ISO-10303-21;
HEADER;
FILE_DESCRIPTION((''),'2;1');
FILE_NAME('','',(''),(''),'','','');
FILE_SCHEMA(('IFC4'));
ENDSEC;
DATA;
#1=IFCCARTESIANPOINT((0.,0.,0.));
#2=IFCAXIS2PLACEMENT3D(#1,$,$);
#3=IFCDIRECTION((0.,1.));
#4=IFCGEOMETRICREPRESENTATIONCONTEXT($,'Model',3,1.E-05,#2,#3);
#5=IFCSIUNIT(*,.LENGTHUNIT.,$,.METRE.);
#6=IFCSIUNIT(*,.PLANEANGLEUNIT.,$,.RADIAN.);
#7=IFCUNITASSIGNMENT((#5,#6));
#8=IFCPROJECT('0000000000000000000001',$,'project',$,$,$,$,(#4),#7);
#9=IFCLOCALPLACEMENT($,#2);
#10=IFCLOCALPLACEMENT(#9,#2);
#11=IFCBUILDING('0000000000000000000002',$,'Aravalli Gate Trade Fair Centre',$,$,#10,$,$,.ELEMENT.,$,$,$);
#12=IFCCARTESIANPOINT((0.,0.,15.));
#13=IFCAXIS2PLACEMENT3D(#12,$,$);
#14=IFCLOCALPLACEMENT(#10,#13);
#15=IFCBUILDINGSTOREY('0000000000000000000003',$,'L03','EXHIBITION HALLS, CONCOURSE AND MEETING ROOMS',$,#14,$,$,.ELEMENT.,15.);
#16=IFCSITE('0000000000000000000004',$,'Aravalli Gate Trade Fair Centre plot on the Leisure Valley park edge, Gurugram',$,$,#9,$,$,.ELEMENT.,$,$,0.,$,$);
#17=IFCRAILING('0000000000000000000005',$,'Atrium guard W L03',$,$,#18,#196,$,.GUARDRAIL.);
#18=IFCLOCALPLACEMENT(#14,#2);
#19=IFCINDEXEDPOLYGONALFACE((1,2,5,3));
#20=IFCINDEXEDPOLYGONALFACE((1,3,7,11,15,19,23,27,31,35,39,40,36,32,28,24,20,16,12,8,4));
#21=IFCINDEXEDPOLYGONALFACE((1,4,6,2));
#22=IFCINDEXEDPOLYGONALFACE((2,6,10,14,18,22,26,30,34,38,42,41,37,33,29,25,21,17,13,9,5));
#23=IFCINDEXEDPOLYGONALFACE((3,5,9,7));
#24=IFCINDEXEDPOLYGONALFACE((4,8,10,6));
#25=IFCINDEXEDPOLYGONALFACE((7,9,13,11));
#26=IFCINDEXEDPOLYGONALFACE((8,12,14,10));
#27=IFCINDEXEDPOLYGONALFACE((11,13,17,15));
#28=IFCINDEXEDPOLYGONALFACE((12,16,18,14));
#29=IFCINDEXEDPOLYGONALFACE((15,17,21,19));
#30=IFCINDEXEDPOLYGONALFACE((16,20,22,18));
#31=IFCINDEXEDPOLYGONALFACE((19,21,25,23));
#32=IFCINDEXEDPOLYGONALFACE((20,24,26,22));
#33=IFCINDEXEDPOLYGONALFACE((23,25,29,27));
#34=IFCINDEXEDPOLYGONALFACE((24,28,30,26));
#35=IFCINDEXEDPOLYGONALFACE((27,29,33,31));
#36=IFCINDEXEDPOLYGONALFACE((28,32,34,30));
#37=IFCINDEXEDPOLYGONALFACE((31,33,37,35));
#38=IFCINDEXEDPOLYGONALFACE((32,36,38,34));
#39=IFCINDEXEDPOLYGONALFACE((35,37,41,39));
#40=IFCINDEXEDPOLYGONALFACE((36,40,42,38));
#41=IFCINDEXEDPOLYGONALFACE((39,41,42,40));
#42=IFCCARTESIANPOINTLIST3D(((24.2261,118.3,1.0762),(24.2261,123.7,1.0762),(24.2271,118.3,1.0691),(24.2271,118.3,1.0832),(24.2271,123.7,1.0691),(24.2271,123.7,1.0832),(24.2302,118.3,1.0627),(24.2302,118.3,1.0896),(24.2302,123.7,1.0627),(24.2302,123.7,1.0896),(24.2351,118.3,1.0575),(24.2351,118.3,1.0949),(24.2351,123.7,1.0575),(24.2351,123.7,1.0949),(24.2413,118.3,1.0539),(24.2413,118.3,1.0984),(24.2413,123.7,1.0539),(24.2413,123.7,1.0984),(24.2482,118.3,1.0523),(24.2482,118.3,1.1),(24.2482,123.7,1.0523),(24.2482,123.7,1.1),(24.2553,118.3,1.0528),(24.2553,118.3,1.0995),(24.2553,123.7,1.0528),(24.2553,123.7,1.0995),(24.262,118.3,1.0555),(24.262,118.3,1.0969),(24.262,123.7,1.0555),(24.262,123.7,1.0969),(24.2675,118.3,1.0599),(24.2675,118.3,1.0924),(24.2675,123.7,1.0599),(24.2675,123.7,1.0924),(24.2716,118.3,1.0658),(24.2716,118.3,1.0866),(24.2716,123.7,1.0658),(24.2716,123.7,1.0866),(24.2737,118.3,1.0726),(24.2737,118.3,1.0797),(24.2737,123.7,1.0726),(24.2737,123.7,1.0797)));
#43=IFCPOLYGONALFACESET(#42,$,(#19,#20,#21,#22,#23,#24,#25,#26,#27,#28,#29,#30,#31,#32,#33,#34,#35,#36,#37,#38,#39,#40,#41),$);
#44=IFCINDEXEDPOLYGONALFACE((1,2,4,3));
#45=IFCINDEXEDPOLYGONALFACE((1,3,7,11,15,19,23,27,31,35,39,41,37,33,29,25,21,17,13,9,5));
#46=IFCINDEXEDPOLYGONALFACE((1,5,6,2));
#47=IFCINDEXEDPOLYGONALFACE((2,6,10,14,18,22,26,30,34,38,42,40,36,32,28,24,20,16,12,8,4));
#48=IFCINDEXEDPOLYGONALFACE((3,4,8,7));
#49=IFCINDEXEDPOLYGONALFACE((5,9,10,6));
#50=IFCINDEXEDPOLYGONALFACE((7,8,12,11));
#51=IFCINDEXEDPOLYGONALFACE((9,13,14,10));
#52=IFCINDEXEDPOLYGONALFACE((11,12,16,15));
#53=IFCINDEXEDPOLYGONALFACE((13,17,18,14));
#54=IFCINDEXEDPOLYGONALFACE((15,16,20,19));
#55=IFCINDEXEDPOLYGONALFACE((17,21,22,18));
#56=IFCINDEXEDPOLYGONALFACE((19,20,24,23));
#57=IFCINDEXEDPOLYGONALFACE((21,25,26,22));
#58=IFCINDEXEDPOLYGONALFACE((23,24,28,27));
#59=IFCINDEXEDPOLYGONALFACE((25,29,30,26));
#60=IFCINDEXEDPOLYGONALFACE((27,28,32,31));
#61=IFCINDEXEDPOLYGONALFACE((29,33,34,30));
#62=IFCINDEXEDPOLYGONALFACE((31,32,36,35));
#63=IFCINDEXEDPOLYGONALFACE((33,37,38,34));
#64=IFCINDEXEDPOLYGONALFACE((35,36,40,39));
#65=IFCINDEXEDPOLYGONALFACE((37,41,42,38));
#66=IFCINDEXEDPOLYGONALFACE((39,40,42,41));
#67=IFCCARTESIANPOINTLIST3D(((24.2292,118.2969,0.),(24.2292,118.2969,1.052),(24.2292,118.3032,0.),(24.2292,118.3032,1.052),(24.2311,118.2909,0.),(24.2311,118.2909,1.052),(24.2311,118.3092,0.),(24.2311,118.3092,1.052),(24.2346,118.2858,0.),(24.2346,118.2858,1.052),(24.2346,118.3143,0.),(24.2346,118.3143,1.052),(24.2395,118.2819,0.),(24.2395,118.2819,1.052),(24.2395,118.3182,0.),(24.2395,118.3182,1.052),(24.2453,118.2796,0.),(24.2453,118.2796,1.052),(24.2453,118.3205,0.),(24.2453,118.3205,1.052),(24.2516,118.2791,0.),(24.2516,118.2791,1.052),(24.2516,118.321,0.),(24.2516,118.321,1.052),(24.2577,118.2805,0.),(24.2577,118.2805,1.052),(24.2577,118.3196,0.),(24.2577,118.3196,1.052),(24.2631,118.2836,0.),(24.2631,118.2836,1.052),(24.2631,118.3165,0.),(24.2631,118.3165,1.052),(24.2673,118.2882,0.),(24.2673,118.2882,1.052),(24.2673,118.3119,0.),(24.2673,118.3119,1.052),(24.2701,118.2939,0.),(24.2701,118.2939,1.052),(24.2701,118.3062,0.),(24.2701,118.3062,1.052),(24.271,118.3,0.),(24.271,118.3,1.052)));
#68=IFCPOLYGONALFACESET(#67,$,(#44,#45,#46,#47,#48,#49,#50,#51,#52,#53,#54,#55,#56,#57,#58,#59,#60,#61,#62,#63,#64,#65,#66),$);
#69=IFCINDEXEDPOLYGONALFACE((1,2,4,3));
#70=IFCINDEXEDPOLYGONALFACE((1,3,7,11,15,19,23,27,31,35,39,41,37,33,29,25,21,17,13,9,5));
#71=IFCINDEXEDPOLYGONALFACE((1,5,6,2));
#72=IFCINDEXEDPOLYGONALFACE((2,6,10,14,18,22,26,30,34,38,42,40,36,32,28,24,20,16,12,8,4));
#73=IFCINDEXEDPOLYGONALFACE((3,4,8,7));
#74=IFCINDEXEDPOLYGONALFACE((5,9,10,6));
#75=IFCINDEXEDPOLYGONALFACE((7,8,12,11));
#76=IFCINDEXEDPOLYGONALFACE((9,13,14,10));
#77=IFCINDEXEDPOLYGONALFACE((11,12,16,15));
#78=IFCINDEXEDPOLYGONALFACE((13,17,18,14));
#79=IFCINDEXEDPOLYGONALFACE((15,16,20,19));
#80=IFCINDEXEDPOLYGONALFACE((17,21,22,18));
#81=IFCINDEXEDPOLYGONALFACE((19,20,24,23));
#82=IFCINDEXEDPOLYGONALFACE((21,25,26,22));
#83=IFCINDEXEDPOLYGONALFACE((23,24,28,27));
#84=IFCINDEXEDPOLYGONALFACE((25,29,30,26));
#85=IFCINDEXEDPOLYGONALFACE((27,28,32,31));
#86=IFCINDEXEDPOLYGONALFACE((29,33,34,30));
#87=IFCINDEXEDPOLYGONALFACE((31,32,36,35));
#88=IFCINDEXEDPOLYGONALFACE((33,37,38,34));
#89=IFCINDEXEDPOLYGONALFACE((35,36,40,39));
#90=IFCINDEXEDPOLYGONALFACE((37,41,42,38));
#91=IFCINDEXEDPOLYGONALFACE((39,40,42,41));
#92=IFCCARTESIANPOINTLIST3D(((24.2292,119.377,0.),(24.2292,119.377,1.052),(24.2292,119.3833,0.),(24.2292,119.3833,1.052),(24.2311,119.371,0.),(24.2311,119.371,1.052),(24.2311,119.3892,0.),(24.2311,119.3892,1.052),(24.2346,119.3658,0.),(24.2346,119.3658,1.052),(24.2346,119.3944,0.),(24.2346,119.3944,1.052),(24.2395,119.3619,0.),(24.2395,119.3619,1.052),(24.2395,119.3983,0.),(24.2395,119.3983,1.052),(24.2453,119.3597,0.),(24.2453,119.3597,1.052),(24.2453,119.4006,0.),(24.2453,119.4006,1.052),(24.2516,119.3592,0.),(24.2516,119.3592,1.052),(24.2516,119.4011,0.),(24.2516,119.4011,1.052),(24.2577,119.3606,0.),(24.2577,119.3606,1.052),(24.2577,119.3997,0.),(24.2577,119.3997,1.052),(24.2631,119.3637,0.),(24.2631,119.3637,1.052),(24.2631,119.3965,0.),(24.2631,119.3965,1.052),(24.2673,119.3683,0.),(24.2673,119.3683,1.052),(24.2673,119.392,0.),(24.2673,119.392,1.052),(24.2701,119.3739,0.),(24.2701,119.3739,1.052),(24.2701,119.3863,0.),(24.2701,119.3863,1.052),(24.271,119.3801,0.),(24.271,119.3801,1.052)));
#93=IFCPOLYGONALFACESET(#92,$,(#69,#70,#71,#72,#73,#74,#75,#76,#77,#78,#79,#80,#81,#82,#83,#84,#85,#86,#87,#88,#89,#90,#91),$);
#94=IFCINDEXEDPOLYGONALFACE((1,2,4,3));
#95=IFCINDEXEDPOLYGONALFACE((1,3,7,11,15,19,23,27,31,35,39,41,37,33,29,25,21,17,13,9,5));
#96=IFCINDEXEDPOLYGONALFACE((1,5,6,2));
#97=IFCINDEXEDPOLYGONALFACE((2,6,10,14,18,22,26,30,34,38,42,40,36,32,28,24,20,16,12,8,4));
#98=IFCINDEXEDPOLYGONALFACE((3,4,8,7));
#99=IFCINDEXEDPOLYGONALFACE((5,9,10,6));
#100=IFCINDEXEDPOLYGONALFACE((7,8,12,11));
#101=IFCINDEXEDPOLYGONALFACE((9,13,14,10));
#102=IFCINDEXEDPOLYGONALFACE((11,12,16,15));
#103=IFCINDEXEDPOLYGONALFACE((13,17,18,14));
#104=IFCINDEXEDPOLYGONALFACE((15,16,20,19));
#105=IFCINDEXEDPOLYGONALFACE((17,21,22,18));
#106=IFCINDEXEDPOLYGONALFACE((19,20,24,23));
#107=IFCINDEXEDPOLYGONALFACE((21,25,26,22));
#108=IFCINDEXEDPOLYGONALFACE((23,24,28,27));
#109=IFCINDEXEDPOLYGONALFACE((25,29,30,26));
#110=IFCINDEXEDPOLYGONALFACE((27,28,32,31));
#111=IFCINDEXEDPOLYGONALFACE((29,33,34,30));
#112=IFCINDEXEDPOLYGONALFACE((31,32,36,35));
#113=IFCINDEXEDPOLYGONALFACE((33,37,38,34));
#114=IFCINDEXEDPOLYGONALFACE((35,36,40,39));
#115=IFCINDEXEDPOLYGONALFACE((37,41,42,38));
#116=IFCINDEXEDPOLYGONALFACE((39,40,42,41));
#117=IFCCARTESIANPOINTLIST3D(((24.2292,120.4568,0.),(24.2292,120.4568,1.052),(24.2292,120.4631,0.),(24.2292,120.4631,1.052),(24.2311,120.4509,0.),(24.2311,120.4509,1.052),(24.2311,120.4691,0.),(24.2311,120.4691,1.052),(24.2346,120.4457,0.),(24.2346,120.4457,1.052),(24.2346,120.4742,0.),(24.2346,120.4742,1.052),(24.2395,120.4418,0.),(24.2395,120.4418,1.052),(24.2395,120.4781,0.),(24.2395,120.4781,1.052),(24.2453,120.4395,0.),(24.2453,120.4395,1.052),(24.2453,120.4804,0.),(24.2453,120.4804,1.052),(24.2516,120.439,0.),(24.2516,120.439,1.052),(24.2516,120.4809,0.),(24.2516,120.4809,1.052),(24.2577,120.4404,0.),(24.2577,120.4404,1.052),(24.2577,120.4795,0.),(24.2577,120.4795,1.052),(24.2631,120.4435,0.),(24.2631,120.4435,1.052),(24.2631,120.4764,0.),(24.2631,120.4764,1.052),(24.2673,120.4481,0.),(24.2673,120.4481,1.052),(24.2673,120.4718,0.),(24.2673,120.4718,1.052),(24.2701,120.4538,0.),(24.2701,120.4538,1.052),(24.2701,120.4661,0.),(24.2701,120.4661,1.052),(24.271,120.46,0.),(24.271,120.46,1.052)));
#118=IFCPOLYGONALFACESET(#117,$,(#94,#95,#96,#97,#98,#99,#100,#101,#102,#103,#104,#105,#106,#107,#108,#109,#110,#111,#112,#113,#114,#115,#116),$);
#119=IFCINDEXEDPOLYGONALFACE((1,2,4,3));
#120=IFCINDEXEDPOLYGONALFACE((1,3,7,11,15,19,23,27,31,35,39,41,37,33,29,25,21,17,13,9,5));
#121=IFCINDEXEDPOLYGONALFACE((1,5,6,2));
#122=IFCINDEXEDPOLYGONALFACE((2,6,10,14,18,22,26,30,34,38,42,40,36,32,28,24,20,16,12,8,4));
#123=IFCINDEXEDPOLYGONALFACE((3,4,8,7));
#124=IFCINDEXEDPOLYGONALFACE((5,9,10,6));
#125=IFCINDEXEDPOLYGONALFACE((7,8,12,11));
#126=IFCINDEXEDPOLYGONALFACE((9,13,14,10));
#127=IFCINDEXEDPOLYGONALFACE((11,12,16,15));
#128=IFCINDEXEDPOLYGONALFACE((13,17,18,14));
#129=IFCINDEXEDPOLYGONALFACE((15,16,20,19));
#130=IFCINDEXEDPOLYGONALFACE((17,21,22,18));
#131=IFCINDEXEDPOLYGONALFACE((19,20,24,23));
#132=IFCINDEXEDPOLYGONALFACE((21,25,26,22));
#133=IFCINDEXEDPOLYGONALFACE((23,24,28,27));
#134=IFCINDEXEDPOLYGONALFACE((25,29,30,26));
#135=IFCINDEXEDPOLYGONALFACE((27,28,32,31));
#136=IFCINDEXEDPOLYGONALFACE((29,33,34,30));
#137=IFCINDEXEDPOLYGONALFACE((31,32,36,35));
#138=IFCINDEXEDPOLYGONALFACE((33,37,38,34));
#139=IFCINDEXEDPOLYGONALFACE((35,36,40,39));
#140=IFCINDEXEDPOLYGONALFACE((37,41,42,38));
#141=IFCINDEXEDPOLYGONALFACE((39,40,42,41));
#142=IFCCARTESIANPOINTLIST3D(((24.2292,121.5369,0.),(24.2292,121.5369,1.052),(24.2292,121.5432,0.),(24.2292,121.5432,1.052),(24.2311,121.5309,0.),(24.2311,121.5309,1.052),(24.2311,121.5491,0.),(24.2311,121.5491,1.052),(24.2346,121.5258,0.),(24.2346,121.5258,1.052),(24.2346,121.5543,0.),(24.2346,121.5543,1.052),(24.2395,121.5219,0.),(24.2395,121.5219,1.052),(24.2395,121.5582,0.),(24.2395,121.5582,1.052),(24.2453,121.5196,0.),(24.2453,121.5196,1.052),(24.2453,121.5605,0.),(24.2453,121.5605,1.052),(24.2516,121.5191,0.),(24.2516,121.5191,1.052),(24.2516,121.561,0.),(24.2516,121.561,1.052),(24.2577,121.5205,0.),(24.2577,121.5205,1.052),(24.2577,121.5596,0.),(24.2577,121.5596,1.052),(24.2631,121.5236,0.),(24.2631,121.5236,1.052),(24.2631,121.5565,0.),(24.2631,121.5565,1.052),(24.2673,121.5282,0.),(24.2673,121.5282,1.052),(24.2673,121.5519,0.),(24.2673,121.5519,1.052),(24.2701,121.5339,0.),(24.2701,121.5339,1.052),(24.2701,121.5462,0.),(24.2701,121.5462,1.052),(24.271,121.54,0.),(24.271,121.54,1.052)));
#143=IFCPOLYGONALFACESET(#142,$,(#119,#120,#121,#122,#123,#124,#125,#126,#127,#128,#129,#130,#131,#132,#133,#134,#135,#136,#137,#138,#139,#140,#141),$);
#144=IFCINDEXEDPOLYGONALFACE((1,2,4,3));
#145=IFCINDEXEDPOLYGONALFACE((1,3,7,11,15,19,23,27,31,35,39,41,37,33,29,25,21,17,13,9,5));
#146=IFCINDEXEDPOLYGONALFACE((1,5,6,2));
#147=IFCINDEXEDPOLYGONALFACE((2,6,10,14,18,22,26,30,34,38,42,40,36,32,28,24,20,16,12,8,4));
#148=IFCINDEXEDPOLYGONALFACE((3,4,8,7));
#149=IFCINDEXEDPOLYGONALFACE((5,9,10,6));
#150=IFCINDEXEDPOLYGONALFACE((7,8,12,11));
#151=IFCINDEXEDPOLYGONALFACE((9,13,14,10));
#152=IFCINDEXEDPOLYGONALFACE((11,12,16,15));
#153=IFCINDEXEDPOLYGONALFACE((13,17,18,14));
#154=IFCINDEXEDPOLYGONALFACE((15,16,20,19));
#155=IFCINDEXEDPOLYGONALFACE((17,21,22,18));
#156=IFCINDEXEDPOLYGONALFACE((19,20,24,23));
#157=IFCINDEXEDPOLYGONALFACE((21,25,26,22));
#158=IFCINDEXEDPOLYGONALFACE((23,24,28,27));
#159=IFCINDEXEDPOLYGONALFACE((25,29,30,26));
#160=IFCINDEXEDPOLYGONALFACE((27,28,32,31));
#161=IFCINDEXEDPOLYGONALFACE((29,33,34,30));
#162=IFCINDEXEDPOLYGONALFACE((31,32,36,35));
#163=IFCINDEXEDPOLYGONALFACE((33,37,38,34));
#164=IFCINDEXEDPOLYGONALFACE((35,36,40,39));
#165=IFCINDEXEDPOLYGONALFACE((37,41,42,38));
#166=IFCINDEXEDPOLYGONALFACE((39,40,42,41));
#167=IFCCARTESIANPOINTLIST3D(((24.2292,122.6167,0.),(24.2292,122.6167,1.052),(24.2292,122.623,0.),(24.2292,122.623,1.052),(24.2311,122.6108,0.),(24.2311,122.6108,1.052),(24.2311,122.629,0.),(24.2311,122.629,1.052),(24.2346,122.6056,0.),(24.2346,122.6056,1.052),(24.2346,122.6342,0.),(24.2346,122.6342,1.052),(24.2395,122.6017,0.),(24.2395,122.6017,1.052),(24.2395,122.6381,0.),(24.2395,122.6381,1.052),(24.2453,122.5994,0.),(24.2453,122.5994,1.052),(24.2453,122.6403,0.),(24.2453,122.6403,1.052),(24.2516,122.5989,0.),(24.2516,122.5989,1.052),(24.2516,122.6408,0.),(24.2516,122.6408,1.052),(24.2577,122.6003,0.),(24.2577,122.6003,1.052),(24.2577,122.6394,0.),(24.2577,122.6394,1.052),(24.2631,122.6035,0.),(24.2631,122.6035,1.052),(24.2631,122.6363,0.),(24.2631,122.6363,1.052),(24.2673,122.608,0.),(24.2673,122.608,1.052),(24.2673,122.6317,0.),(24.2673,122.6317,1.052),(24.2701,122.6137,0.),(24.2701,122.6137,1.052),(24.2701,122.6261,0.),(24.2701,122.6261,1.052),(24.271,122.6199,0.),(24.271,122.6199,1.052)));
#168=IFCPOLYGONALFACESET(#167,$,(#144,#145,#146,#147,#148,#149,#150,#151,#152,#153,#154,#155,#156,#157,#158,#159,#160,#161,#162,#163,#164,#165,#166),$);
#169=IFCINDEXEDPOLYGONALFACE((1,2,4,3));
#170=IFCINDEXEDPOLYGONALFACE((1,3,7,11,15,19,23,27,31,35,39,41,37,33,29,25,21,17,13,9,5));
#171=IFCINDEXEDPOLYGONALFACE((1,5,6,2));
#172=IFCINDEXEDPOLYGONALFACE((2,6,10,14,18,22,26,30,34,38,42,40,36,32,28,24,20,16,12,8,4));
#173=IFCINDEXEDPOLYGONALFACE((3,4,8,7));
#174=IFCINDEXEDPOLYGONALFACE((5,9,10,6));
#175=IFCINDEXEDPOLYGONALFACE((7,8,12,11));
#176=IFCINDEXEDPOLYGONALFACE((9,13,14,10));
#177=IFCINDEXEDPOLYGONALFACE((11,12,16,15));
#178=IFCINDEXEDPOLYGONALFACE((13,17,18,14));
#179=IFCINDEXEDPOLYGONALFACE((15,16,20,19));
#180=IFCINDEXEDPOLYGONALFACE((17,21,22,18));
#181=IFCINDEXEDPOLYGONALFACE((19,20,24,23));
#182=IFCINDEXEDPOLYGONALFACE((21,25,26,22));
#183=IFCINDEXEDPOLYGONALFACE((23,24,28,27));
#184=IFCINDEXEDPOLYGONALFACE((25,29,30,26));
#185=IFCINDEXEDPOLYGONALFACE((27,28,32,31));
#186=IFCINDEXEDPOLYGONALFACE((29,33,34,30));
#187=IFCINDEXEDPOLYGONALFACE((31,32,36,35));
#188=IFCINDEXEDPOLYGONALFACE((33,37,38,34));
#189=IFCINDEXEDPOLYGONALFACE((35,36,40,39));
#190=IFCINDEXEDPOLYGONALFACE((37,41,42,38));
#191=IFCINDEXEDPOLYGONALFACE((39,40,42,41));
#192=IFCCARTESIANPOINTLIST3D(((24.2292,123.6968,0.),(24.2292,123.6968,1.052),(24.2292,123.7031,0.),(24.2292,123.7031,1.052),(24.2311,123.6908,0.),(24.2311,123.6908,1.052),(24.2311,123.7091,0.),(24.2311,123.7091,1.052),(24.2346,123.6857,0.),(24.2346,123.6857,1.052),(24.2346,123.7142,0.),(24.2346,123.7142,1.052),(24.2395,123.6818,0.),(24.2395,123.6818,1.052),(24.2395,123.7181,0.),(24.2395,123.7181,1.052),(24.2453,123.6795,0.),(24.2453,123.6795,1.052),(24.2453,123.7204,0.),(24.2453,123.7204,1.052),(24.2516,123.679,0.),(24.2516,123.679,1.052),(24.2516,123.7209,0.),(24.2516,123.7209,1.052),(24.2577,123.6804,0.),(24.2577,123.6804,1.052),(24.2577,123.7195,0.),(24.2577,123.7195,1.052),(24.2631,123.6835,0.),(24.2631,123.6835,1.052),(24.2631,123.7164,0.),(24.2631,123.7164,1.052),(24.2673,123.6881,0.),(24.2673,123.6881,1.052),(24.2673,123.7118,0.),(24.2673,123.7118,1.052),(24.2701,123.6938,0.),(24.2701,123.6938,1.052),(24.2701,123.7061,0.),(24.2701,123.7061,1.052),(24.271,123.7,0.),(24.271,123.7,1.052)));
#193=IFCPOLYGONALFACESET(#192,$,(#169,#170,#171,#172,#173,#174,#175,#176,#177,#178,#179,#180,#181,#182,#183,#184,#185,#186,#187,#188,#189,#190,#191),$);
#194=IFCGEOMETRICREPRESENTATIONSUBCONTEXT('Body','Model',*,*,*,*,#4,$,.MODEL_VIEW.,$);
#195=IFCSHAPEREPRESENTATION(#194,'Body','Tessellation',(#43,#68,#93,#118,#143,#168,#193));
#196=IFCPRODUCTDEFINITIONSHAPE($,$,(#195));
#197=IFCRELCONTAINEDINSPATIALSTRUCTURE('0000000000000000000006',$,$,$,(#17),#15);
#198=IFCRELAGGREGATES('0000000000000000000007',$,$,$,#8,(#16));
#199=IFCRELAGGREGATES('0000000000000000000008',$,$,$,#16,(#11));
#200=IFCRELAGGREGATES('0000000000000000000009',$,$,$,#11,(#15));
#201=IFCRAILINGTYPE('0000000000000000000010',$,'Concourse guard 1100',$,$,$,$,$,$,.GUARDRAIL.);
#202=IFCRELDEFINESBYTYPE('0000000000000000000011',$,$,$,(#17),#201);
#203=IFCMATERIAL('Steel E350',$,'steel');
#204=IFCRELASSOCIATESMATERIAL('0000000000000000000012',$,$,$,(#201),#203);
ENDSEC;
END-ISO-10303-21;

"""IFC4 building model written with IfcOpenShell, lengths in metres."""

from ifc_helpers import new_model, si_unit, direction, frame, origin, origin_2d, place, context, subcontext, project, spatial, circle, extrude, material, type_object, element, save


model = new_model("IFC4")

# Units and contexts
model_context = context("Model", 3, precision=1e-05, world=origin(), true_north=direction((0.0, 1.0)))
body_context = subcontext(model_context, "Body", "Model", "MODEL_VIEW")
ifc_project = project(units=[si_unit("LENGTHUNIT", "METRE"), si_unit("PLANEANGLEUNIT", "RADIAN")], contexts=[model_context])

# Site, building, storey
site_placement = place(None, origin())
site = spatial("IfcSite", under=ifc_project, at=site_placement, Name="Aravalli Gate Trade Fair Centre plot on the Leisure Valley park edge, Gurugram", CompositionType="ELEMENT", RefElevation=0.0)
building_placement = place(site_placement, origin())
building = spatial("IfcBuilding", under=site, at=building_placement, Name="Aravalli Gate Trade Fair Centre", CompositionType="ELEMENT")
storey_placement = place(building_placement, frame((0.0, 0.0, 15.0)))
storey = spatial("IfcBuildingStorey", under=building, at=storey_placement, Name="L03", Description="EXHIBITION HALLS, CONCOURSE AND MEETING ROOMS", CompositionType="ELEMENT", Elevation=15.0)

# Railing
ifc_material_1 = material(Name="Steel E350", Category="steel")
railing_type = type_object("IfcRailingType", Name="Concourse guard 1100", PredefinedType="GUARDRAIL", material=ifc_material_1)
railing_placement = place(storey_placement, frame((24.25, 118.3, 0.0)))
element("IfcRailing", 1, at=railing_placement, inside=storey, type_object=railing_type, Name="Atrium guard W L03", PredefinedType="GUARDRAIL", context=body_context, shape_type="SweptSolid", body=[
    extrude(circle(Radius=0.0239, at=origin_2d()), frame((0.0, 0.0, 1.0762), z_axis=(0.0, 1.0, 0.0), x_axis=(-1.0, 0.0, 0.0)), (0.0, 0.0, 1.0), 5.3999),
    extrude(circle(Radius=0.021, at=origin_2d()), origin(), (0.0, 0.0, 1.0), 1.052),
    extrude(circle(Radius=0.021, at=origin_2d()), frame((0.0, 1.0801, 0.0)), (0.0, 0.0, 1.0), 1.052),
    extrude(circle(Radius=0.021, at=origin_2d()), frame((0.0, 2.1599, 0.0)), (0.0, 0.0, 1.0), 1.052),
    extrude(circle(Radius=0.021, at=origin_2d()), frame((0.0, 3.24, 0.0)), (0.0, 0.0, 1.0), 1.052),
    extrude(circle(Radius=0.021, at=origin_2d()), frame((0.0, 4.3198, 0.0)), (0.0, 0.0, 1.0), 1.052),
    extrude(circle(Radius=0.021, at=origin_2d()), frame((0.0, 5.3999, 0.0)), (0.0, 0.0, 1.0), 1.052),
])

save(model, "model.ifc")
